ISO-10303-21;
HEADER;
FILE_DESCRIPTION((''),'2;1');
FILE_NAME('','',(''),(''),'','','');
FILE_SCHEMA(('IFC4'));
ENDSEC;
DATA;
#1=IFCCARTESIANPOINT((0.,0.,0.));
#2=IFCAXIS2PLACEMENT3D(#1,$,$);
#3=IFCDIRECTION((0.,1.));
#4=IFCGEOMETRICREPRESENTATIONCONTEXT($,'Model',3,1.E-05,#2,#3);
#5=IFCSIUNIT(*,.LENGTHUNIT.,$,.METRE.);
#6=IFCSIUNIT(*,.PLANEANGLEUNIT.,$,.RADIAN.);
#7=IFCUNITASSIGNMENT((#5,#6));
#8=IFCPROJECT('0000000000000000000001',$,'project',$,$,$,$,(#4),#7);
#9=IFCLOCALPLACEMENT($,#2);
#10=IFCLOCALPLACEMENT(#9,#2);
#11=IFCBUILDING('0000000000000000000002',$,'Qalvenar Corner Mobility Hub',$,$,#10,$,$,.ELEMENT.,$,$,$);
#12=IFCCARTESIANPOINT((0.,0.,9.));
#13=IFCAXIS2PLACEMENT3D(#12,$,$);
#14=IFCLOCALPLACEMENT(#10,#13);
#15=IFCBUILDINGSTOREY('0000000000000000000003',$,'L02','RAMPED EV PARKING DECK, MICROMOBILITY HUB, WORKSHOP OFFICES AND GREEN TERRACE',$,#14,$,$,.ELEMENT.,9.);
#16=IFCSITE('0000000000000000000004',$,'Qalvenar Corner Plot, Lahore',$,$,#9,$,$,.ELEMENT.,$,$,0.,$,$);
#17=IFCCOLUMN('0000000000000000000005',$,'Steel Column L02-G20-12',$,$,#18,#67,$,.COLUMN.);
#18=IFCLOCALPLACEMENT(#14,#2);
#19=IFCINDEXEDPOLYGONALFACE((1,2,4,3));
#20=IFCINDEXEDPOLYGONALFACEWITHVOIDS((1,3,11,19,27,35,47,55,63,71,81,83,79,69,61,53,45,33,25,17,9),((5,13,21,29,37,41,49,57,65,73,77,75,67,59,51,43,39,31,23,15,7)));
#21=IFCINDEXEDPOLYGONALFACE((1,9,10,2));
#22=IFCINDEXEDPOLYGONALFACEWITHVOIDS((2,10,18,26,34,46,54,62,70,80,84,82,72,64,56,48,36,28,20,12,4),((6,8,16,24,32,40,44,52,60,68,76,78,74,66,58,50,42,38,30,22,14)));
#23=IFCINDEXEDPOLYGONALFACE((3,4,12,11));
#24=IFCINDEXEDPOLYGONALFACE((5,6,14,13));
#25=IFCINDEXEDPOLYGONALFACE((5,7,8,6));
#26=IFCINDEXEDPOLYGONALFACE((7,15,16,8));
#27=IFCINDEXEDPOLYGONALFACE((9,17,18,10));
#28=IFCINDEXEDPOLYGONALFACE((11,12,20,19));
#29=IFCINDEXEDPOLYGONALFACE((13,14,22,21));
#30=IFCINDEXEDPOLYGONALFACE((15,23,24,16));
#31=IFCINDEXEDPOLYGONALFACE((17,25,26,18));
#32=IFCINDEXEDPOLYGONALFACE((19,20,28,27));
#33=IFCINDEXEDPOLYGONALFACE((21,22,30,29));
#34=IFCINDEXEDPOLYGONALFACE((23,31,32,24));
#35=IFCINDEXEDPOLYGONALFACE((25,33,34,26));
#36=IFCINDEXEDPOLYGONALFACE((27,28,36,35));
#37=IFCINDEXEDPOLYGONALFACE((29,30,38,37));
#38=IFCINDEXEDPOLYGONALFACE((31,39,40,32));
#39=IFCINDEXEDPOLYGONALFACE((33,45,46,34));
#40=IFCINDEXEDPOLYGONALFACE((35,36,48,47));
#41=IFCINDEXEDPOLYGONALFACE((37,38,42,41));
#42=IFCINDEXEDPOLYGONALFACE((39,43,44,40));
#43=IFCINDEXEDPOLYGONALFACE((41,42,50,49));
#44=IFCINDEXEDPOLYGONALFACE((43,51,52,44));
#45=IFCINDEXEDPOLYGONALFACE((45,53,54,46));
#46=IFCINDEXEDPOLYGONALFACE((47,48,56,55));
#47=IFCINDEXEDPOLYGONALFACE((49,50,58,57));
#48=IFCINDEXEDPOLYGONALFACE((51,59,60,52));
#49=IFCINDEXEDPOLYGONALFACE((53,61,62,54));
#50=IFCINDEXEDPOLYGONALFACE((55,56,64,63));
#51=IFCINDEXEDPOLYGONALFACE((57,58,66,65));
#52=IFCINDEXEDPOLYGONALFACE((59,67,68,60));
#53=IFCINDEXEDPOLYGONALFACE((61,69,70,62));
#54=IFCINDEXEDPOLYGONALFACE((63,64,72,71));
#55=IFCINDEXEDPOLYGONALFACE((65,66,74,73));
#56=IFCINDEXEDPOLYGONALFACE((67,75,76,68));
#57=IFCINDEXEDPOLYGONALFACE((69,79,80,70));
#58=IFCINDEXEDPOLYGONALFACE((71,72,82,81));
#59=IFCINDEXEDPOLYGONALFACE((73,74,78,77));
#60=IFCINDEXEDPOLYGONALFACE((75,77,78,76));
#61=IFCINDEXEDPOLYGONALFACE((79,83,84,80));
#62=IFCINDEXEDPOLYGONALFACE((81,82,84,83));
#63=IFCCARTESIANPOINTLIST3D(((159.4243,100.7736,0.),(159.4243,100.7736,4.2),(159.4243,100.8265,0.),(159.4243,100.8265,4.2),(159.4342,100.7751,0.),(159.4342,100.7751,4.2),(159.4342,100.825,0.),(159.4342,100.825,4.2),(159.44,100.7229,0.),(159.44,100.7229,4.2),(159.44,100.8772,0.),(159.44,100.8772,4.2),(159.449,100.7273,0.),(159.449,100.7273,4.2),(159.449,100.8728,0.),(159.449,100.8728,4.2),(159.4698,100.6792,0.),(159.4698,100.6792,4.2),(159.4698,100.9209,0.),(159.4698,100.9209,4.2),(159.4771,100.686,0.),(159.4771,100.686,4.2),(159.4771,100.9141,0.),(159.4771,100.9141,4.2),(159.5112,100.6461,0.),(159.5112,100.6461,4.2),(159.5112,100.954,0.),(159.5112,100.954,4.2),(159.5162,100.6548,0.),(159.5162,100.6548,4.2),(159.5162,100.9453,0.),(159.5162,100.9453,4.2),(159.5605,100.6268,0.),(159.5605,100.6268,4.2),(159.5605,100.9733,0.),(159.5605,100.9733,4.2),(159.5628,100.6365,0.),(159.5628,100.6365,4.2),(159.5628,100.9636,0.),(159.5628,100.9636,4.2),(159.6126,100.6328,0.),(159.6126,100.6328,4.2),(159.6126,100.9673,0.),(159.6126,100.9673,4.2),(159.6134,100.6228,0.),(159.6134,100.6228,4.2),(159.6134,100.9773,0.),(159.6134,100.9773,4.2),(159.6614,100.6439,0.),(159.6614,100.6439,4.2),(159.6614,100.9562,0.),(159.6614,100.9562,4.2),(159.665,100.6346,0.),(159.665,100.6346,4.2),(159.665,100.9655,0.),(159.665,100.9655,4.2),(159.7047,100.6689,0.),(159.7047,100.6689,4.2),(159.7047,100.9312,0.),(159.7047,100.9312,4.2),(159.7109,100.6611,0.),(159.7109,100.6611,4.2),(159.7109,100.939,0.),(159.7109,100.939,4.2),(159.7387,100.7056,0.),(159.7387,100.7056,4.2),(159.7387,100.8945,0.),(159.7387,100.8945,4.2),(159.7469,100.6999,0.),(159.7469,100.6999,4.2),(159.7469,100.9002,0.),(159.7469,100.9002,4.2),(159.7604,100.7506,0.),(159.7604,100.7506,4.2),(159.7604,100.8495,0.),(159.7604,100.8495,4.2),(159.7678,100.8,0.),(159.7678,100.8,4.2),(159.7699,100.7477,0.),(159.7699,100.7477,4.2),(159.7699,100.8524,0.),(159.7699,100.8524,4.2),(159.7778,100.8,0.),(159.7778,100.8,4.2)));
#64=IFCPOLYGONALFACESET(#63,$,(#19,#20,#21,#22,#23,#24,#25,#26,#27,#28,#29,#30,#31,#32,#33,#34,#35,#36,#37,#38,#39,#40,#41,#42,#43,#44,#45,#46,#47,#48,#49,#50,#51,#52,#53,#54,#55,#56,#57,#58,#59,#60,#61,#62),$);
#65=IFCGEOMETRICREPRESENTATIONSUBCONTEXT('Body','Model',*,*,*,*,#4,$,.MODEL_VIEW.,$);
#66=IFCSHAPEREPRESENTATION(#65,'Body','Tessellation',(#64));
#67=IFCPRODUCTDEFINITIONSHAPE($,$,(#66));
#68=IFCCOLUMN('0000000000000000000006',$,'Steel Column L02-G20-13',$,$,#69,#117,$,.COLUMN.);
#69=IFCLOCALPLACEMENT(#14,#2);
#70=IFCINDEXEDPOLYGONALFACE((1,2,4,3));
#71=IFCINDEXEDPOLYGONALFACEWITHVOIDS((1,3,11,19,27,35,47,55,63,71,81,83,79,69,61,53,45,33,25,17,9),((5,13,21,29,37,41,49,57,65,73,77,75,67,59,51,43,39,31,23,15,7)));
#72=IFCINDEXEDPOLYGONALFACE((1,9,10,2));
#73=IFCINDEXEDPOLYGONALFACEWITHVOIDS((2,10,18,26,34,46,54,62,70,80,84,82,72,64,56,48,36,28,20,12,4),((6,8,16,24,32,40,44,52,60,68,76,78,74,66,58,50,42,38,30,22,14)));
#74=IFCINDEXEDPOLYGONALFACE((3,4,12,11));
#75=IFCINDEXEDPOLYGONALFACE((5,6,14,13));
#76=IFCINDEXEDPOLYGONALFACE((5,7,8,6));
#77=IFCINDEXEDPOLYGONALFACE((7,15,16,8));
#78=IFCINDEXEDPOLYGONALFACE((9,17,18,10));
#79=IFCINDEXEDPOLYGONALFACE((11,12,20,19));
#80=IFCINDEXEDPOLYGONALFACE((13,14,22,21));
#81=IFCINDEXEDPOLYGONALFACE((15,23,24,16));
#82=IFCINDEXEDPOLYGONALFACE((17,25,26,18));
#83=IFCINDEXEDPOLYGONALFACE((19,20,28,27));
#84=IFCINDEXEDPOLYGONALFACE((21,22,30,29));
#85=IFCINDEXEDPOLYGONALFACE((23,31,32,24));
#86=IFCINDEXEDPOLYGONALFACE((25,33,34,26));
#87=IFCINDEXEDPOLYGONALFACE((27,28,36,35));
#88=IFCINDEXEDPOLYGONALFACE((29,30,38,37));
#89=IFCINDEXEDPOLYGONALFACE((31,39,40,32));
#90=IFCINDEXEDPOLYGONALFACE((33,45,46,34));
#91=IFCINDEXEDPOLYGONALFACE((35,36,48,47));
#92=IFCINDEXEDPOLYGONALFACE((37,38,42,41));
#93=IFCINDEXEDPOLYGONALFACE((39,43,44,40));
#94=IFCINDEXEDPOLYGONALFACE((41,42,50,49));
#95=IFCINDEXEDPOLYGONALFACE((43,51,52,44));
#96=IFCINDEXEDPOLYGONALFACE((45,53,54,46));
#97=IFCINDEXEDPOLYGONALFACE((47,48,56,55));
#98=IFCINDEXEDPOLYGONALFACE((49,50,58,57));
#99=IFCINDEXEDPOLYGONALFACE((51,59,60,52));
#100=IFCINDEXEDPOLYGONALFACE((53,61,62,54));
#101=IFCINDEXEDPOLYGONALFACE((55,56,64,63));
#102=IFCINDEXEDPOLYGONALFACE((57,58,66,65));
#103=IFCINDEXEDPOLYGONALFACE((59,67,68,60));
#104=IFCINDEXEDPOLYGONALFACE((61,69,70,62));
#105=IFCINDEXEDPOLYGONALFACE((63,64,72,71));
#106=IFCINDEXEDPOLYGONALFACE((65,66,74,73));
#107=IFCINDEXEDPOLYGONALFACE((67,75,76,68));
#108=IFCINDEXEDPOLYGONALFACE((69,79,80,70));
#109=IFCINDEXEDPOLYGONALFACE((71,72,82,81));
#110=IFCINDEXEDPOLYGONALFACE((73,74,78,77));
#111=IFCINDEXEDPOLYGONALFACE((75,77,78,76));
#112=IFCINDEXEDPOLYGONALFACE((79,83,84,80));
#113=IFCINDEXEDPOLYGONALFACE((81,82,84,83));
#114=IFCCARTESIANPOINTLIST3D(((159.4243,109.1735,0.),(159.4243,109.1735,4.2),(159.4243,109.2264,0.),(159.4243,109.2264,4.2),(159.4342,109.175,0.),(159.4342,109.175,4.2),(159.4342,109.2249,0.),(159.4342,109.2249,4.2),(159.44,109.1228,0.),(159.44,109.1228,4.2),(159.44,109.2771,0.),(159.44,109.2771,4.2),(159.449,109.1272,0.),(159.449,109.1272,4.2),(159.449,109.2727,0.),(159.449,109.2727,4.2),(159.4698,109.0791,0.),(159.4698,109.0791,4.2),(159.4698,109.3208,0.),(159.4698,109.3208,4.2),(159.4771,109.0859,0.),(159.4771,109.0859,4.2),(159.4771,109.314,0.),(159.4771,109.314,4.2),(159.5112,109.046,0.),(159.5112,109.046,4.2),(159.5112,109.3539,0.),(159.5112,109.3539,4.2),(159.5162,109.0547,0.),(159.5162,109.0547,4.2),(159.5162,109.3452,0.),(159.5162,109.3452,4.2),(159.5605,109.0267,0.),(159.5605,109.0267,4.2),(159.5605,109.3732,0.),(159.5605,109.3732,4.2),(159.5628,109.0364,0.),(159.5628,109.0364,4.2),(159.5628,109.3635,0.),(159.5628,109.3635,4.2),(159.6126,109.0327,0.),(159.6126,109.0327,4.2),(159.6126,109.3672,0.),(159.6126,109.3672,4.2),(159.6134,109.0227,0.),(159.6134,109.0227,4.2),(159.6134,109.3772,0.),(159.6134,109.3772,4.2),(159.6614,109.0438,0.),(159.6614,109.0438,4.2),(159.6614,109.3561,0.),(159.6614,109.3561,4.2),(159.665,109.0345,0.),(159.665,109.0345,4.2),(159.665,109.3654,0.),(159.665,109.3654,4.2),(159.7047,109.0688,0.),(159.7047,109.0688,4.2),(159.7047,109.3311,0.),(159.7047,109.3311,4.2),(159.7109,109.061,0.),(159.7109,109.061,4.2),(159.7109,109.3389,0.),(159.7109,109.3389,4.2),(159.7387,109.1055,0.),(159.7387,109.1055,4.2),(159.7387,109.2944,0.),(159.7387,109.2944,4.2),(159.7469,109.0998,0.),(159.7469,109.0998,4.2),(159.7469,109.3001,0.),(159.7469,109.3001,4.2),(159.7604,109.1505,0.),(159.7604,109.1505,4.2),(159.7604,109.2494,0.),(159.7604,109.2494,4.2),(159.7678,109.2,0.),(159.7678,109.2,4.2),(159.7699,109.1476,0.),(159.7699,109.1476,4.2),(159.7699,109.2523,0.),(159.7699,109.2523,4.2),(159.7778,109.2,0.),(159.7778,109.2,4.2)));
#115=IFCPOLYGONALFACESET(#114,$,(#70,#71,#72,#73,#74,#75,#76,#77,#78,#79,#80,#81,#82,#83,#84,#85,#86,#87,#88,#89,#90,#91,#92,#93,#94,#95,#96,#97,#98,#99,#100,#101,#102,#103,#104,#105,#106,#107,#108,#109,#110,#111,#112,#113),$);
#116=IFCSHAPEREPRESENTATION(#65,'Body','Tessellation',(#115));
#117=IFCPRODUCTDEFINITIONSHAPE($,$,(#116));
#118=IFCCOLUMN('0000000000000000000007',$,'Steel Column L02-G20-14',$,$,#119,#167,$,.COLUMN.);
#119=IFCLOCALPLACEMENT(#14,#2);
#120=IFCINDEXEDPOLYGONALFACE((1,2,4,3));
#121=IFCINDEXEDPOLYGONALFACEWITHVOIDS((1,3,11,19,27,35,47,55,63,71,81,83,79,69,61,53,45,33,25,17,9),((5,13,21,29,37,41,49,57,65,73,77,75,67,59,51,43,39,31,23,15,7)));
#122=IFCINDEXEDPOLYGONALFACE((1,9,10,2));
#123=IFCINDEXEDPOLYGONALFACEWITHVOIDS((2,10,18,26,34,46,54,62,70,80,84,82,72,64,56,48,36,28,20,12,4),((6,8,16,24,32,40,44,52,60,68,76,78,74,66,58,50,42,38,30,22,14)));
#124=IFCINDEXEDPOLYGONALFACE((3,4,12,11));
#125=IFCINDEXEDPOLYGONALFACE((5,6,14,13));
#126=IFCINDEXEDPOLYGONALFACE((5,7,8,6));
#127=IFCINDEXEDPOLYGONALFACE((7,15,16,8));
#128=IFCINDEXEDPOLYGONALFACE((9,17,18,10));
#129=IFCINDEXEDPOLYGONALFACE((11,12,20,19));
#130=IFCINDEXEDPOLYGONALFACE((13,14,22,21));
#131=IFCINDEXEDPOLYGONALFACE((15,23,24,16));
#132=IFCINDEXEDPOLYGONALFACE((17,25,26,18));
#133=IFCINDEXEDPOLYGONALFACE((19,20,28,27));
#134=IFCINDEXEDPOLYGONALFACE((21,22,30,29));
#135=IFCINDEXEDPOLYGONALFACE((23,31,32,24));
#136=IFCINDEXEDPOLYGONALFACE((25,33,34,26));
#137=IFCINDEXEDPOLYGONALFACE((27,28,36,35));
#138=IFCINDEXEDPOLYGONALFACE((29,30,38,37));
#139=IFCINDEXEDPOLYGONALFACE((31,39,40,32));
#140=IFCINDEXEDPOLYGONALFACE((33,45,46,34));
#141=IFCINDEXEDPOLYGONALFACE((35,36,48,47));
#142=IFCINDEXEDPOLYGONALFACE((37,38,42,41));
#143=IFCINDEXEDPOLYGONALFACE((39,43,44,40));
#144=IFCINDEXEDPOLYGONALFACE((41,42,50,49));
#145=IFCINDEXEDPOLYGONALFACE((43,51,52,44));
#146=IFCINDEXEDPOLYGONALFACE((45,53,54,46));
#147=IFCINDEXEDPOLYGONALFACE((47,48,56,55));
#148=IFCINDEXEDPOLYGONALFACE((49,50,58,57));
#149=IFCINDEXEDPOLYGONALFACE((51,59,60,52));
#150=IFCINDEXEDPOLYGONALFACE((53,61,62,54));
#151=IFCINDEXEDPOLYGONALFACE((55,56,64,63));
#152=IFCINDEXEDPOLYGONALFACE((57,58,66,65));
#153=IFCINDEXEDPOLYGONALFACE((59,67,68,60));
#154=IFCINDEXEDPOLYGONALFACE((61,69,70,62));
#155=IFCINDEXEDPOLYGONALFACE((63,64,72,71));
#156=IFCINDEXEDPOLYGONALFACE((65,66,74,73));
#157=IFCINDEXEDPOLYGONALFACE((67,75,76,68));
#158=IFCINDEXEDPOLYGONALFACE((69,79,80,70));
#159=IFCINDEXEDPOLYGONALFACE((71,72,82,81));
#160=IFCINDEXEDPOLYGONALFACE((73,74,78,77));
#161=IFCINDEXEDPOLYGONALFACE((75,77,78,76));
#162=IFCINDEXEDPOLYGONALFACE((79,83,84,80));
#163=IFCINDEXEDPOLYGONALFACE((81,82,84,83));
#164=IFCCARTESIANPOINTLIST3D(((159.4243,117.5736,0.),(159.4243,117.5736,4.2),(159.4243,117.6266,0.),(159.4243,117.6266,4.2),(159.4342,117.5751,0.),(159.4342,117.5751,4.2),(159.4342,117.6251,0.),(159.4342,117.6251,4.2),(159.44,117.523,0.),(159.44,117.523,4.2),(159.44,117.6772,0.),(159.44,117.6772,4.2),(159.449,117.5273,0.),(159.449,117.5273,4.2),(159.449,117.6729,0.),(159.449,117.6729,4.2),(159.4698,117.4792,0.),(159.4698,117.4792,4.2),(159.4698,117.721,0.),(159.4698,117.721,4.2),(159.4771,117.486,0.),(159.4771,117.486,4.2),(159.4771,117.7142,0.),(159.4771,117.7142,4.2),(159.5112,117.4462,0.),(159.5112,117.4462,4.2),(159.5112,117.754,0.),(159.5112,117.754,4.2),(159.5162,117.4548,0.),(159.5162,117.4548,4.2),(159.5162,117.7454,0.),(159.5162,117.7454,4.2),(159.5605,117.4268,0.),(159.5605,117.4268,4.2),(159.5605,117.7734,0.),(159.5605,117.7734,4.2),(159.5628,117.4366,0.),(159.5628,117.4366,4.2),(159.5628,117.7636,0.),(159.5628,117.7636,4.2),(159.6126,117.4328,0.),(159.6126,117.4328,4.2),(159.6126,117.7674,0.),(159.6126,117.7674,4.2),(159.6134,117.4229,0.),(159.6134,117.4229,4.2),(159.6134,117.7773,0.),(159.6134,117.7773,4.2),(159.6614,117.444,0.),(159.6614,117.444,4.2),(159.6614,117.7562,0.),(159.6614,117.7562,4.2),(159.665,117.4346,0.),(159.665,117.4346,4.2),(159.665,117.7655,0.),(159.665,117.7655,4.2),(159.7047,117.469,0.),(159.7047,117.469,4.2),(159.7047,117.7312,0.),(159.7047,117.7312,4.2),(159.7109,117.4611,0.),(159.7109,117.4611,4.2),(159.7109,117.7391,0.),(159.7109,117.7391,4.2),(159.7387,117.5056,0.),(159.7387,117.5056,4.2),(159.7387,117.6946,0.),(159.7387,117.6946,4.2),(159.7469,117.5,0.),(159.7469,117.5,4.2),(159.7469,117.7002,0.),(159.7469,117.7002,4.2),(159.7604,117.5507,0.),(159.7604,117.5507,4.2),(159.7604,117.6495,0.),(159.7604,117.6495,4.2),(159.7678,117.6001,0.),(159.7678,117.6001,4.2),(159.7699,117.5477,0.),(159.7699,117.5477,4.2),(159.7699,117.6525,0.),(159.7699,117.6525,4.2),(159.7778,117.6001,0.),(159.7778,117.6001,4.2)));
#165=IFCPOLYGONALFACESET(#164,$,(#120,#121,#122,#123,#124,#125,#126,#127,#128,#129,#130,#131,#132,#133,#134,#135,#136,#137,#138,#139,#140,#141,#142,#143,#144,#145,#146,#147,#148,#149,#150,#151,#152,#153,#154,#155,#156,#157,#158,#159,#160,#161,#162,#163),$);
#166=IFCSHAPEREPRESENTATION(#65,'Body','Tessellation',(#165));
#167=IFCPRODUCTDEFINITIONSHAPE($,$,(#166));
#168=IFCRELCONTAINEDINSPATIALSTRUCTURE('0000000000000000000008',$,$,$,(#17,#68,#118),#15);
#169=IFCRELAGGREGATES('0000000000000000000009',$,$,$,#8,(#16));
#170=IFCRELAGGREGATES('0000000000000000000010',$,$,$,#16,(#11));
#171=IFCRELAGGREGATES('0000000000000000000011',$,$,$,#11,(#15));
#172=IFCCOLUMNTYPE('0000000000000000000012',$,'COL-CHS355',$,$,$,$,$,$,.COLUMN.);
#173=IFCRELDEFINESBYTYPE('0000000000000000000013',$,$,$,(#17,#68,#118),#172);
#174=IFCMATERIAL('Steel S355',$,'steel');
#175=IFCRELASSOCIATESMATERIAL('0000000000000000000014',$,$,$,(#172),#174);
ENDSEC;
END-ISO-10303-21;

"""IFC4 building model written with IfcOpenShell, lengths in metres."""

from ifc_helpers import new_model, si_unit, direction, frame, origin, origin_2d, place, context, subcontext, project, spatial, hollow_circle, extrude, material, material_profile, profile_set, type_object, element, save


model = new_model("IFC4")

# Units and contexts
model_context = context("Model", 3, precision=1e-05, world=origin(), true_north=direction((0.0, 1.0)))
body_context = subcontext(model_context, "Body", "Model", "MODEL_VIEW")
ifc_project = project(units=[si_unit("LENGTHUNIT", "METRE"), si_unit("PLANEANGLEUNIT", "RADIAN")], contexts=[model_context])

# Site, building, storey
site_placement = place(None, origin())
site = spatial("IfcSite", under=ifc_project, at=site_placement, Name="Qalvenar Corner Plot, Lahore", CompositionType="ELEMENT", RefElevation=0.0)
building_placement = place(site_placement, origin())
building = spatial("IfcBuilding", under=site, at=building_placement, Name="Qalvenar Corner Mobility Hub", CompositionType="ELEMENT")
storey_placement = place(building_placement, frame((0.0, 0.0, 9.0)))
storey = spatial("IfcBuildingStorey", under=building, at=storey_placement, Name="L02", Description="RAMPED EV PARKING DECK, MICROMOBILITY HUB, WORKSHOP OFFICES AND GREEN TERRACE", CompositionType="ELEMENT", Elevation=9.0)

# Columns
ifc_material_1 = material(Name="Steel S355", Category="steel")
ifc_material_profile_1 = material_profile(ifc_material_1, hollow_circle(Radius=0.1777, WallThickness=0.01, at=origin_2d()), Name="CHS355.6x10")
ifc_profile_set_1 = profile_set([ifc_material_profile_1], Name="Steel S355")
column_type = type_object("IfcColumnType", Name="COL-CHS355", PredefinedType="COLUMN", material=ifc_profile_set_1)
for number, where, z_axis, x_axis, name in (
    (1, (159.6001, 100.8, 0.0), (0.0, 0.0, 1.0), (1.0, 0.0, 0.0), "Steel Column L02-G20-12"),
    (2, (159.6001, 109.2, 0.0), (0.0, 0.0, 1.0), (1.0, 0.0, 0.0), "Steel Column L02-G20-13"),
    (3, (159.6001, 117.6001, 0.0), (0.0, 0.0, 1.0), (1.0, 0.0, 0.0), "Steel Column L02-G20-14"),
):
    element("IfcColumn", number, at=place(storey_placement, frame(where, z_axis=z_axis, x_axis=x_axis)), inside=storey, type_object=column_type, Name=name, PredefinedType="COLUMN", context=body_context, shape_type="SweptSolid", body=[
        extrude(hollow_circle(Radius=0.1777, WallThickness=0.01, at=origin_2d()), origin(), (0.0, 0.0, 1.0), 4.2),
    ])

save(model, "model.ifc")
